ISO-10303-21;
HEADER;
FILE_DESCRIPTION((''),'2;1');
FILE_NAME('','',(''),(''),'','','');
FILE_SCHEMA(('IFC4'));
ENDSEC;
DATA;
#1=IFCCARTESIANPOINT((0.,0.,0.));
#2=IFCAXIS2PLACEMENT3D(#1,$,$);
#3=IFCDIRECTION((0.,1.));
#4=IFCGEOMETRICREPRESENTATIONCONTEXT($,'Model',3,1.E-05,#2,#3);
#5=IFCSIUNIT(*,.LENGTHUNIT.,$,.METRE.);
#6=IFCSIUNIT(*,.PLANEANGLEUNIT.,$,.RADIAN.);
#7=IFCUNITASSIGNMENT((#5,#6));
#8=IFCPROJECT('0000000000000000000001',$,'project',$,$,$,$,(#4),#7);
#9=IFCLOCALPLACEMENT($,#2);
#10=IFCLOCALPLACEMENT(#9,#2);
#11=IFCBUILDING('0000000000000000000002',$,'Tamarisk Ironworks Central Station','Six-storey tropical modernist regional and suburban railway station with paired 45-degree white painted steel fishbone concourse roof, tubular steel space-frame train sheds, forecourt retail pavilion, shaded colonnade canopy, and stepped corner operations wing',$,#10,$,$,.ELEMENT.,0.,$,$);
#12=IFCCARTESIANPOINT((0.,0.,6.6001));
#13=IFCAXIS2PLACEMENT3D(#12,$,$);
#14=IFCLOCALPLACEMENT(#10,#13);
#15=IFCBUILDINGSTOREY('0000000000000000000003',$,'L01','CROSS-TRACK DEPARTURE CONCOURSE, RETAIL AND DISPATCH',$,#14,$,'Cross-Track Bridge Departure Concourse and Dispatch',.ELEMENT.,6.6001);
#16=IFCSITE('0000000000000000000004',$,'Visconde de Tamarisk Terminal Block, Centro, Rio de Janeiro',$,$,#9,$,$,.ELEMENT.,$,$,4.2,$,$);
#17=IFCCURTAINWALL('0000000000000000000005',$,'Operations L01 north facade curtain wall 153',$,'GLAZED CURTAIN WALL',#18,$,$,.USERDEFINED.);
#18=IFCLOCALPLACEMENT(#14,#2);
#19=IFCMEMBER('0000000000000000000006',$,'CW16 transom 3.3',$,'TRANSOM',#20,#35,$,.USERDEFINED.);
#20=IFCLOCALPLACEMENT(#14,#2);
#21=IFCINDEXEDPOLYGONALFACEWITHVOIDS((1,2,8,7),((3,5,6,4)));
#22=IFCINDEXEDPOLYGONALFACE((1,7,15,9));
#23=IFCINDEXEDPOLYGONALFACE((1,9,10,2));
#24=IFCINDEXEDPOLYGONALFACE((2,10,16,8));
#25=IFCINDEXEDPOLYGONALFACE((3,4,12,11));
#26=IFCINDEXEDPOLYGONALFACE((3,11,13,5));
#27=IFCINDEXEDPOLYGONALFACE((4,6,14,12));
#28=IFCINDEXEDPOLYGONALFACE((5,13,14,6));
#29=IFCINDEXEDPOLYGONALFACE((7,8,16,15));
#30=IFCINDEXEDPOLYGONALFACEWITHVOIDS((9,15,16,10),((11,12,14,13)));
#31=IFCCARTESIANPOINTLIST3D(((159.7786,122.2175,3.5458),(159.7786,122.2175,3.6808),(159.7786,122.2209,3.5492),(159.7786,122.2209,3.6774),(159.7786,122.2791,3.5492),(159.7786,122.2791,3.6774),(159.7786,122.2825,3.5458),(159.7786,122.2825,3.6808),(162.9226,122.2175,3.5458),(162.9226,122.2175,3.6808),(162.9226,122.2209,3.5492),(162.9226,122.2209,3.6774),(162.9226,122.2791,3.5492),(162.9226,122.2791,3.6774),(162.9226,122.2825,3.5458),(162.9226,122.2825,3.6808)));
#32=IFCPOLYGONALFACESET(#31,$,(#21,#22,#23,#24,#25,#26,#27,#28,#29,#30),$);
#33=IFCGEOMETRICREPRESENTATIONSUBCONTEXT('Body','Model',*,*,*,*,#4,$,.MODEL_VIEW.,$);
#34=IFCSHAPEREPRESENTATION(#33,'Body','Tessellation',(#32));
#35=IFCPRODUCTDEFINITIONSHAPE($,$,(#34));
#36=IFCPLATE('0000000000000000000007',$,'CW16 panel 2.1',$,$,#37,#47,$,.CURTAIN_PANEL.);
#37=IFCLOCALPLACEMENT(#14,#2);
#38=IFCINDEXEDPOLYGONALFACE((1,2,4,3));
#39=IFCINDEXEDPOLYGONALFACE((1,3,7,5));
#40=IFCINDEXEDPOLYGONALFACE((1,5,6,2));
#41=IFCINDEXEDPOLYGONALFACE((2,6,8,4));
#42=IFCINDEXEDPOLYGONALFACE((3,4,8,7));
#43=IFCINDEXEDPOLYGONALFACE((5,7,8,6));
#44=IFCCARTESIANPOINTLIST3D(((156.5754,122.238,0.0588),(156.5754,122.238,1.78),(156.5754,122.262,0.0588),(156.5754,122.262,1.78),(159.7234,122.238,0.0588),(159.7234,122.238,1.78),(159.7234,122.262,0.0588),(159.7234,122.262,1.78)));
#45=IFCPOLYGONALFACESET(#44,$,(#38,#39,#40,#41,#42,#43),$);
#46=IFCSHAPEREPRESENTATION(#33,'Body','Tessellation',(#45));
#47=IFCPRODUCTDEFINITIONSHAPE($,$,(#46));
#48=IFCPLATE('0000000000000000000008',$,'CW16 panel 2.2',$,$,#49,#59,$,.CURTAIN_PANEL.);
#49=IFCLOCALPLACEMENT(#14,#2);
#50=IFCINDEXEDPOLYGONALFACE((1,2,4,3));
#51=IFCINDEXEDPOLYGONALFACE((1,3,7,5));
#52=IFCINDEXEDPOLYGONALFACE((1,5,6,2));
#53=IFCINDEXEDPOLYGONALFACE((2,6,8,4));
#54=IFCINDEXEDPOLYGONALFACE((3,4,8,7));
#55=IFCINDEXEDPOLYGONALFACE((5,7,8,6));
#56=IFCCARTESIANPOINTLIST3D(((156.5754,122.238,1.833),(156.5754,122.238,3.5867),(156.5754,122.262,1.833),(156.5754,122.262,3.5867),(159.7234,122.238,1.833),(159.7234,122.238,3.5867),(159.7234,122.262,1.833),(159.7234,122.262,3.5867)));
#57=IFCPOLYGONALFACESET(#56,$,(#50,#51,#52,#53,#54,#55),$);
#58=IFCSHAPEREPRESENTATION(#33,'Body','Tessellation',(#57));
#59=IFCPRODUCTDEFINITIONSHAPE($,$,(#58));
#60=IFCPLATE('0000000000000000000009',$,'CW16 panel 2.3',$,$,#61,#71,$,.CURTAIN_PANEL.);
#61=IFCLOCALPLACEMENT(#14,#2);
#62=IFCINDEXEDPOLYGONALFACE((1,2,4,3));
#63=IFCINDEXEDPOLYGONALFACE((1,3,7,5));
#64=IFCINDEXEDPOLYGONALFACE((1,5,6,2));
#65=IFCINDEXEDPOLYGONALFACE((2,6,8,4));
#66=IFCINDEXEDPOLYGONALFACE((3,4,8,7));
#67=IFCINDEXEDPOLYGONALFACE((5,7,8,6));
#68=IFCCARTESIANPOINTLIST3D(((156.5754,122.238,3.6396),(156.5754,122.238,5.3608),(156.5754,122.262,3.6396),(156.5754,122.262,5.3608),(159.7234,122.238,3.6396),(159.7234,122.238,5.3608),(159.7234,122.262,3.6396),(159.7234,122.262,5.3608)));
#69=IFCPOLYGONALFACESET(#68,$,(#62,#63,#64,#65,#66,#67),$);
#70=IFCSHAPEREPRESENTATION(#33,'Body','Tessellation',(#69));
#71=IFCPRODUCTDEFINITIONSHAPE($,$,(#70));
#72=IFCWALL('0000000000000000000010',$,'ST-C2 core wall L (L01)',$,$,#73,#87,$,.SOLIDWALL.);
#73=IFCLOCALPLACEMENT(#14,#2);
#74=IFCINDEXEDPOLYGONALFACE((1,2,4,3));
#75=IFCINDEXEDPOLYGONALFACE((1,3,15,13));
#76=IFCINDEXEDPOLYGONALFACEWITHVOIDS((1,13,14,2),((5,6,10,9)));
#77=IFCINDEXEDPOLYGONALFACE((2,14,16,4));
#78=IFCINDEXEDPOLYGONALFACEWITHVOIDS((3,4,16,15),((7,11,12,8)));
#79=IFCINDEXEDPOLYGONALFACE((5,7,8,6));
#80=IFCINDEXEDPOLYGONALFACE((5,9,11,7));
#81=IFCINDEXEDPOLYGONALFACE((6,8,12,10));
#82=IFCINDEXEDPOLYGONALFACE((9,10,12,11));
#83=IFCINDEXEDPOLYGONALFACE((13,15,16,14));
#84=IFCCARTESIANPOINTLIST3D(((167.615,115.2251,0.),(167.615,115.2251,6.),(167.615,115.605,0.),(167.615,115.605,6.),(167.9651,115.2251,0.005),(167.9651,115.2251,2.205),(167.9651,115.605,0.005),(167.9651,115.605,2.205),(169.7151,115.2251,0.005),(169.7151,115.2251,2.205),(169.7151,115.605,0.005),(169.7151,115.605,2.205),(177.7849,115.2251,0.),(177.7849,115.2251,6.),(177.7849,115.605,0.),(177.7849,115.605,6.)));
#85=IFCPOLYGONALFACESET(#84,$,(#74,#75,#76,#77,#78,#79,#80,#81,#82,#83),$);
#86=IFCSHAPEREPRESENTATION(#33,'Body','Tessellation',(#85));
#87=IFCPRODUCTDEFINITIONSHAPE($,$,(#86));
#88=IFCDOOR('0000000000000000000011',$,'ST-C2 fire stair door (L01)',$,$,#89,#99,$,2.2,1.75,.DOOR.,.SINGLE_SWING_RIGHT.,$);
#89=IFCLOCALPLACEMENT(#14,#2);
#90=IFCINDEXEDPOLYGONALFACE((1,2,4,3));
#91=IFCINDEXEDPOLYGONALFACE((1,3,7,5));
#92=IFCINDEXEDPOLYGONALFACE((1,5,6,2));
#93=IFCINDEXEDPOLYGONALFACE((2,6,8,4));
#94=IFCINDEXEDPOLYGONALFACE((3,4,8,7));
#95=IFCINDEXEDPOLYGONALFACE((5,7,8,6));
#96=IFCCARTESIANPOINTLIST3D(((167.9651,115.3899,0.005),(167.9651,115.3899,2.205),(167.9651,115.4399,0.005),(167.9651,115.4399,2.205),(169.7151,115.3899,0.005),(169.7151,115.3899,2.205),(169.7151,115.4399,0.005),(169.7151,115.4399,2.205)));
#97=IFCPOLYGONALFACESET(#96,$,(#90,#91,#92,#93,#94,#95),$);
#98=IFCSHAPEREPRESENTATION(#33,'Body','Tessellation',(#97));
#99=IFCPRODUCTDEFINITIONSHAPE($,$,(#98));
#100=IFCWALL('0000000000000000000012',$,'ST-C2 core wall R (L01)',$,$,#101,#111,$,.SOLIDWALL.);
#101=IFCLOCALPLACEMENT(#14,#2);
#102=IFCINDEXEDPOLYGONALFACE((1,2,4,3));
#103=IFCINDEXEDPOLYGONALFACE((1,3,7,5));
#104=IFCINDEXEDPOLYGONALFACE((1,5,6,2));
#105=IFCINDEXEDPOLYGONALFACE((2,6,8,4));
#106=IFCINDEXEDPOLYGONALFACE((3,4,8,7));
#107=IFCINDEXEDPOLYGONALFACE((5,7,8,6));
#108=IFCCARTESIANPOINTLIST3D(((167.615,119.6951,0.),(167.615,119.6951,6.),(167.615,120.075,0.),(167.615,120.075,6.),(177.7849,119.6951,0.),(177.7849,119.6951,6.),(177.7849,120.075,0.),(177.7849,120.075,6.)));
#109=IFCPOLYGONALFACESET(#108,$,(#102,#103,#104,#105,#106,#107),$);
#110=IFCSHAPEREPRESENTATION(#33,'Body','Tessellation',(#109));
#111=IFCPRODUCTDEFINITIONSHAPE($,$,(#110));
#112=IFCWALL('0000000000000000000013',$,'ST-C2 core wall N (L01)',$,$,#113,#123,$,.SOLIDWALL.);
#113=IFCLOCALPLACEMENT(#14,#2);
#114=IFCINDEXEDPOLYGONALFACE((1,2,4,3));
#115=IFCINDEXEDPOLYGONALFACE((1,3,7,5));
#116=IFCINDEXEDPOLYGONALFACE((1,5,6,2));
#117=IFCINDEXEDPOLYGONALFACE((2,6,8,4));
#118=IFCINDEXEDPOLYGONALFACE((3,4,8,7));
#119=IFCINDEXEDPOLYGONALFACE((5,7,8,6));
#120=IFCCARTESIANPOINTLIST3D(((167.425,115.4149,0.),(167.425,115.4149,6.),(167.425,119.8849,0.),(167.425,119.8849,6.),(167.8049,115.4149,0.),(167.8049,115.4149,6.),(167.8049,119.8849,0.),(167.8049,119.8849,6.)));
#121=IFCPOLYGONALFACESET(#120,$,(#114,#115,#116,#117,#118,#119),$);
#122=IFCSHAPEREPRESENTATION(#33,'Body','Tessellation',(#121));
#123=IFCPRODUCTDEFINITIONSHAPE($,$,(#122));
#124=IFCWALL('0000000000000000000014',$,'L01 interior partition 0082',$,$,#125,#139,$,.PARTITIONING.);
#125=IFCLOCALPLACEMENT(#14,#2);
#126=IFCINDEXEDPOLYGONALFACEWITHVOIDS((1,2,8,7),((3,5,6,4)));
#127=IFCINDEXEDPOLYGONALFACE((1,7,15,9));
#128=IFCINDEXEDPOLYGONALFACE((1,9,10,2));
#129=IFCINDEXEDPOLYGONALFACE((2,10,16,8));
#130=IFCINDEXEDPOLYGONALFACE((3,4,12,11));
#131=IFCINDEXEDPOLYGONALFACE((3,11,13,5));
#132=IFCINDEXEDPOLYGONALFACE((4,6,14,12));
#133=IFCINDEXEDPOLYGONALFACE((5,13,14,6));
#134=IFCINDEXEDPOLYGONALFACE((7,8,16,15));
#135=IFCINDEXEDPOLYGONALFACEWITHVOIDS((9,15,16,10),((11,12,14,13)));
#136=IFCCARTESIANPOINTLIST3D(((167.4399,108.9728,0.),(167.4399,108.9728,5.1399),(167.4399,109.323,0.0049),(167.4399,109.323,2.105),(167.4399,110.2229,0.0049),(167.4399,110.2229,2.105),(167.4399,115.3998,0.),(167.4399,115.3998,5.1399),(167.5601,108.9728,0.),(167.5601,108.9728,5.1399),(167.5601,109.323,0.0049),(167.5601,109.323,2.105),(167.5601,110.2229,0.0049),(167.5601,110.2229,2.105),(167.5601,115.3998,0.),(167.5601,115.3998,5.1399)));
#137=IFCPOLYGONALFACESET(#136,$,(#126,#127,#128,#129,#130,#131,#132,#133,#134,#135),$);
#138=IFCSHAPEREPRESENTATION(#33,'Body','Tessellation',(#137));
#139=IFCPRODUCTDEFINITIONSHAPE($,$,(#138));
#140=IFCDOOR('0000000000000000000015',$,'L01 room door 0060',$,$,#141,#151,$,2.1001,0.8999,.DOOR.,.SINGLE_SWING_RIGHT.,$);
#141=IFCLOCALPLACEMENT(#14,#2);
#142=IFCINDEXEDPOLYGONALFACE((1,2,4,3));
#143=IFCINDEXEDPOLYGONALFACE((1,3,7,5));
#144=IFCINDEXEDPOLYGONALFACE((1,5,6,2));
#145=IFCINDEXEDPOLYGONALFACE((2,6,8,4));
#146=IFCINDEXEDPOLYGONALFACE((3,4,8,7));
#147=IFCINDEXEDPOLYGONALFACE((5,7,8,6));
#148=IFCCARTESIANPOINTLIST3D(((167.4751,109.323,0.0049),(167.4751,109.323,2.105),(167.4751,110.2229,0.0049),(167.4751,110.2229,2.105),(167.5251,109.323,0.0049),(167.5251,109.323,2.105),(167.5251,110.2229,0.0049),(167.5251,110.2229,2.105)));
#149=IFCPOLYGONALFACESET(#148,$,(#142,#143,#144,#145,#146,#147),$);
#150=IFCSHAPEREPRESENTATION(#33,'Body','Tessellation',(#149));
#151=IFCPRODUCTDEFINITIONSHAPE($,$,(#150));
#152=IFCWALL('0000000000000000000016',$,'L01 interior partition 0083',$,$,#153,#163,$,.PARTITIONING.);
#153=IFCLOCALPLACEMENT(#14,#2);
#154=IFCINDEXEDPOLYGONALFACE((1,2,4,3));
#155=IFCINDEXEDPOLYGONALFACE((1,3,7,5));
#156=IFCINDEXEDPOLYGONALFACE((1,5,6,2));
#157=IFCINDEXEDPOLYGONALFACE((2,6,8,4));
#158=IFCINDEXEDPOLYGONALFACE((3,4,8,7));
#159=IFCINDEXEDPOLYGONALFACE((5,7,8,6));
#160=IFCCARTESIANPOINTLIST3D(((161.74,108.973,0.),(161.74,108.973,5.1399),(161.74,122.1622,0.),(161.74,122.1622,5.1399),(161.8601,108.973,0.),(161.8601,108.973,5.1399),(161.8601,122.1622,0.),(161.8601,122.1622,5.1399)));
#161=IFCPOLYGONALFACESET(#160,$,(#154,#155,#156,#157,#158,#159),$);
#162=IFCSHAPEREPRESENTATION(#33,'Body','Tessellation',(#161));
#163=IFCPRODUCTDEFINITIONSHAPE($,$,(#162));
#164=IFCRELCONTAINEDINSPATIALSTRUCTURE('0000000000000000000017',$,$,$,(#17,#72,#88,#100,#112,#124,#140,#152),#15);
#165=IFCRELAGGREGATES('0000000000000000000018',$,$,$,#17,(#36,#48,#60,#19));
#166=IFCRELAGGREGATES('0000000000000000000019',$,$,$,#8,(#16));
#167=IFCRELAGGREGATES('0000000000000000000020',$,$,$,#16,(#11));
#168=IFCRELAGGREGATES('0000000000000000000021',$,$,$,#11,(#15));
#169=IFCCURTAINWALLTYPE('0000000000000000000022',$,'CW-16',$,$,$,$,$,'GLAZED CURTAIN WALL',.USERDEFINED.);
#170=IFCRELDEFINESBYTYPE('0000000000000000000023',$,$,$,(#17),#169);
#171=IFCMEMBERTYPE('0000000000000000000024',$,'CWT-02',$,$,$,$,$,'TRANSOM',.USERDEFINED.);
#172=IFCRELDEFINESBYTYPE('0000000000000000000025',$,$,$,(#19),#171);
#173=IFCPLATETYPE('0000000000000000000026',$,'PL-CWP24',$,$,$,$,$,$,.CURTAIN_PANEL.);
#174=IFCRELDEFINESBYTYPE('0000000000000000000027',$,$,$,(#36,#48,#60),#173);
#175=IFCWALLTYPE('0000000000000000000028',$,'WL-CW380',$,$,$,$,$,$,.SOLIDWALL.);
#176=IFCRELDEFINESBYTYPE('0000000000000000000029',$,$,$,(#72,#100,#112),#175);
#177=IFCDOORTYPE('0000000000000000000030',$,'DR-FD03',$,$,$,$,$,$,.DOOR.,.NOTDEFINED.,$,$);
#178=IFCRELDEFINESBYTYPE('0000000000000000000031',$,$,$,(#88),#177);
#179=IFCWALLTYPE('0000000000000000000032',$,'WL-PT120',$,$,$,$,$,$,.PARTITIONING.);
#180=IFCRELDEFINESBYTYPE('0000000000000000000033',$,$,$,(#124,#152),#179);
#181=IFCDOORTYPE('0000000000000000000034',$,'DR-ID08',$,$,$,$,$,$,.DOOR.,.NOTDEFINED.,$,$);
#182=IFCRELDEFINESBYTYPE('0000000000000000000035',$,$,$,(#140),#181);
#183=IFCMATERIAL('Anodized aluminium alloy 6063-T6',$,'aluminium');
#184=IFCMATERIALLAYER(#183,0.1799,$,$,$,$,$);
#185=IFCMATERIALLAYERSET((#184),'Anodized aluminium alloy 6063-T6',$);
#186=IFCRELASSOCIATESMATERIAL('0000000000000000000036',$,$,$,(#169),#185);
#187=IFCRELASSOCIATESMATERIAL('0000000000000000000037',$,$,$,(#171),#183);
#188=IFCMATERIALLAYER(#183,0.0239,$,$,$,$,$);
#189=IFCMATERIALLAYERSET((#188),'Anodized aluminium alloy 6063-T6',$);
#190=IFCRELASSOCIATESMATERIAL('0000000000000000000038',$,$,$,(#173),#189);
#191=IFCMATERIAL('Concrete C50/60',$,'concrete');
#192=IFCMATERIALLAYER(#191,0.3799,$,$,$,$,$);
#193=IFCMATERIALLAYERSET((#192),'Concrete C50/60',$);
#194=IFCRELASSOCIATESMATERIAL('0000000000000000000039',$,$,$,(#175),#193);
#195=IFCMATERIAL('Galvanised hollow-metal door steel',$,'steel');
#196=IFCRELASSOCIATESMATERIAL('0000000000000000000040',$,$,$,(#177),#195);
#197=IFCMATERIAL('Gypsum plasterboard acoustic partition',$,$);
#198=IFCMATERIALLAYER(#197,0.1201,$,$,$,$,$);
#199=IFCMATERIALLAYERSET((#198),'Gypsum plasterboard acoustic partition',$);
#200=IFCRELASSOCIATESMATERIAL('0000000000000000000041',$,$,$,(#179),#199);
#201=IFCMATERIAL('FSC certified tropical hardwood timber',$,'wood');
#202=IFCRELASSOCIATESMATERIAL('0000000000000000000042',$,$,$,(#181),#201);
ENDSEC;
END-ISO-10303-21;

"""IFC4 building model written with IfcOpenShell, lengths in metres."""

from ifc_helpers import new_model, si_unit, direction, frame, frame_2d, origin, origin_2d, place, context, subcontext, project, spatial, rectangle, hollow_rectangle, extrude, material, layer, layer_set, material_profile, profile_set, type_object, element, fill, aggregate, save


model = new_model("IFC4")

# Units and contexts
model_context = context("Model", 3, precision=1e-05, world=origin(), true_north=direction((0.0, 1.0)))
body_context = subcontext(model_context, "Body", "Model", "MODEL_VIEW")
ifc_project = project(units=[si_unit("LENGTHUNIT", "METRE"), si_unit("PLANEANGLEUNIT", "RADIAN")], contexts=[model_context])

# Site, building, storey
site_placement = place(None, origin())
site = spatial("IfcSite", under=ifc_project, at=site_placement, Name="Visconde de Tamarisk Terminal Block, Centro, Rio de Janeiro", CompositionType="ELEMENT", RefElevation=4.2)
building_placement = place(site_placement, origin())
building = spatial("IfcBuilding", under=site, at=building_placement, Name="Tamarisk Ironworks Central Station", Description="Six-storey tropical modernist regional and suburban railway station with paired 45-degree white painted steel fishbone concourse roof, tubular steel space-frame train sheds, forecourt retail pavilion, shaded colonnade canopy, and stepped corner operations wing", CompositionType="ELEMENT", ElevationOfRefHeight=0.0)
storey_placement = place(building_placement, frame((0.0, 0.0, 6.6001)))
storey = spatial("IfcBuildingStorey", under=building, at=storey_placement, Name="L01", Description="CROSS-TRACK DEPARTURE CONCOURSE, RETAIL AND DISPATCH", LongName="Cross-Track Bridge Departure Concourse and Dispatch", CompositionType="ELEMENT", Elevation=6.6001)

# Curtain wall, member, plates
ifc_material_1 = material(Name="Anodized aluminium alloy 6063-T6", Category="aluminium")
ifc_layer_1 = layer(ifc_material_1, 0.1799)
ifc_layer_set_1 = layer_set([ifc_layer_1], Name="Anodized aluminium alloy 6063-T6")
curtain_wall_type = type_object("IfcCurtainWallType", Name="CW-16", ElementType="GLAZED CURTAIN WALL", PredefinedType="USERDEFINED", material=ifc_layer_set_1)
curtain_wall_placement = place(storey_placement, origin())
curtain_wall = element("IfcCurtainWall", 1, at=curtain_wall_placement, inside=storey, type_object=curtain_wall_type, Name="Operations L01 north facade curtain wall 153", ObjectType="GLAZED CURTAIN WALL", PredefinedType="USERDEFINED")
ifc_material_profile_1 = material_profile(ifc_material_1, hollow_rectangle(XDim=0.0649, YDim=0.135, WallThickness=0.0034, at=origin_2d()), Name="ALUM 135x65")
ifc_profile_set_1 = profile_set([ifc_material_profile_1], Name="Anodized aluminium alloy 6063-T6")
member_type_1 = type_object("IfcMemberType", Name="CWT-02", ElementType="TRANSOM", PredefinedType="USERDEFINED", material=ifc_profile_set_1)
member_1_placement = place(storey_placement, frame((159.7786, 122.25, 3.6133), z_axis=(1.0, 0.0, 0.0), x_axis=(0.0, 1.0, 0.0)))
member_1 = element("IfcMember", 2, at=member_1_placement, type_object=member_type_1, Name="CW16 transom 3.3", ObjectType="TRANSOM", PredefinedType="USERDEFINED", context=body_context, shape_type="SweptSolid", body=[
    extrude(hollow_rectangle(XDim=0.0649, YDim=0.135, WallThickness=0.0034, at=origin_2d()), origin(), (0.0, 0.0, 1.0), 3.144),
])
ifc_layer_2 = layer(ifc_material_1, 0.0239)
ifc_layer_set_2 = layer_set([ifc_layer_2], Name="Anodized aluminium alloy 6063-T6")
plate_type = type_object("IfcPlateType", Name="PL-CWP24", PredefinedType="CURTAIN_PANEL", material=ifc_layer_set_2)
plate_1_placement = place(storey_placement, frame((158.1494, 122.25, 0.0588), z_axis=(0.0, 0.0, 1.0), x_axis=(1.0, 0.0, 0.0)))
plate_1 = element("IfcPlate", 3, at=plate_1_placement, type_object=plate_type, Name="CW16 panel 2.1", PredefinedType="CURTAIN_PANEL", context=body_context, shape_type="SweptSolid", body=[
    extrude(rectangle(XDim=3.1479, YDim=0.0239, at=origin_2d()), origin(), (0.0, 0.0, 1.0), 1.7212),
])
plate_2_placement = place(storey_placement, frame((158.1494, 122.25, 1.833), z_axis=(0.0, 0.0, 1.0), x_axis=(1.0, 0.0, 0.0)))
plate_2 = element("IfcPlate", 4, at=plate_2_placement, type_object=plate_type, Name="CW16 panel 2.2", PredefinedType="CURTAIN_PANEL", context=body_context, shape_type="SweptSolid", body=[
    extrude(rectangle(XDim=3.1479, YDim=0.0239, at=origin_2d()), origin(), (0.0, 0.0, 1.0), 1.7537),
])
plate_3_placement = place(storey_placement, frame((158.1494, 122.25, 3.6396), z_axis=(0.0, 0.0, 1.0), x_axis=(1.0, 0.0, 0.0)))
plate_3 = element("IfcPlate", 5, at=plate_3_placement, type_object=plate_type, Name="CW16 panel 2.3", PredefinedType="CURTAIN_PANEL", context=body_context, shape_type="SweptSolid", body=[
    extrude(rectangle(XDim=3.1479, YDim=0.0239, at=origin_2d()), origin(), (0.0, 0.0, 1.0), 1.7212),
])
aggregate(curtain_wall, [plate_1, plate_2, plate_3, member_1])

# Wall, opening, door
ifc_material_2 = material(Name="Concrete C50/60", Category="concrete")
ifc_layer_3 = layer(ifc_material_2, 0.3799)
ifc_layer_set_3 = layer_set([ifc_layer_3], Name="Concrete C50/60")
wall_type_1 = type_object("IfcWallType", Name="WL-CW380", PredefinedType="SOLIDWALL", material=ifc_layer_set_3)
wall_1_placement = place(storey_placement, frame((167.615, 115.415, 0.0), z_axis=(0.0, 0.0, 1.0), x_axis=(1.0, 0.0, 0.0)))
wall_1 = element("IfcWall", 6, at=wall_1_placement, inside=storey, type_object=wall_type_1, Name="ST-C2 core wall L (L01)", PredefinedType="SOLIDWALL", context=body_context, shape_type="SweptSolid", body=[
    extrude(rectangle(XDim=10.1699, YDim=0.3799, at=frame_2d((5.085, 0.0))), origin(), (0.0, 0.0, 1.0), 6.0),
])
opening_1_placement = place(wall_1_placement, frame((0.3501, 0.0, 0.0049)))
opening_1 = element("IfcOpeningElement", 7, at=opening_1_placement, cuts=wall_1, PredefinedType="OPENING", context=body_context, shape_type="SweptSolid", body=[
    extrude(rectangle(XDim=1.75, YDim=2.2, at=frame_2d((0.875, 1.1001))), frame((0.0, 0.2019, 0.0), z_axis=(0.0, -1.0, 0.0), x_axis=(1.0, 0.0, 0.0)), (0.0, 0.0, 1.0), 0.4038),
])
ifc_material_3 = material(Name="Galvanised hollow-metal door steel", Category="steel")
door_type_1 = type_object("IfcDoorType", Name="DR-FD03", OperationType="NOTDEFINED", PredefinedType="DOOR", material=ifc_material_3)
door_1_placement = place(opening_1_placement, origin())
door_1 = element("IfcDoor", 8, at=door_1_placement, inside=storey, type_object=door_type_1, Name="ST-C2 fire stair door (L01)", OperationType="SINGLE_SWING_RIGHT", OverallHeight=2.2, OverallWidth=1.75, PredefinedType="DOOR", context=body_context, shape_type="SweptSolid", body=[
    extrude(rectangle(XDim=1.75, YDim=2.2, at=frame_2d((0.875, 1.1001))), frame((0.0, 0.0249, 0.0), z_axis=(0.0, -1.0, 0.0), x_axis=(1.0, 0.0, 0.0)), (0.0, 0.0, 1.0), 0.05),
])
fill(opening_1, door_1)

# Walls
wall_2_placement = place(storey_placement, frame((167.615, 119.885, 0.0), z_axis=(0.0, 0.0, 1.0), x_axis=(1.0, 0.0, 0.0)))
element("IfcWall", 9, at=wall_2_placement, inside=storey, type_object=wall_type_1, Name="ST-C2 core wall R (L01)", PredefinedType="SOLIDWALL", context=body_context, shape_type="SweptSolid", body=[
    extrude(rectangle(XDim=10.1699, YDim=0.3799, at=frame_2d((5.085, 0.0))), origin(), (0.0, 0.0, 1.0), 6.0),
])
wall_3_placement = place(storey_placement, frame((167.615, 115.415, 0.0), z_axis=(0.0, 0.0, 1.0), x_axis=(0.0, 1.0, 0.0)))
element("IfcWall", 10, at=wall_3_placement, inside=storey, type_object=wall_type_1, Name="ST-C2 core wall N (L01)", PredefinedType="SOLIDWALL", context=body_context, shape_type="SweptSolid", body=[
    extrude(rectangle(XDim=4.47, YDim=0.3799, at=frame_2d((2.2349, 0.0))), origin(), (0.0, 0.0, 1.0), 6.0),
])

# Wall, opening, door
ifc_material_4 = material(Name="Gypsum plasterboard acoustic partition")
ifc_layer_4 = layer(ifc_material_4, 0.1201)
ifc_layer_set_4 = layer_set([ifc_layer_4], Name="Gypsum plasterboard acoustic partition")
wall_type_2 = type_object("IfcWallType", Name="WL-PT120", PredefinedType="PARTITIONING", material=ifc_layer_set_4)
wall_4_placement = place(storey_placement, frame((167.5, 108.9729, 0.0), z_axis=(0.0, 0.0, 1.0), x_axis=(0.0, 1.0, 0.0)))
wall_4 = element("IfcWall", 11, at=wall_4_placement, inside=storey, type_object=wall_type_2, Name="L01 interior partition 0082", PredefinedType="PARTITIONING", context=body_context, shape_type="SweptSolid", body=[
    extrude(rectangle(XDim=6.427, YDim=0.1201, at=frame_2d((3.2134, 0.0))), origin(), (0.0, 0.0, 1.0), 5.1399),
])
opening_2_placement = place(wall_4_placement, frame((0.3501, 0.0, 0.0049)))
opening_2 = element("IfcOpeningElement", 12, at=opening_2_placement, cuts=wall_4, PredefinedType="OPENING", context=body_context, shape_type="SweptSolid", body=[
    extrude(rectangle(XDim=0.8999, YDim=2.1001, at=frame_2d((0.45, 1.05))), frame((0.0, 0.072, 0.0), z_axis=(0.0, -1.0, 0.0), x_axis=(1.0, 0.0, 0.0)), (0.0, 0.0, 1.0), 0.144),
])
ifc_material_5 = material(Name="FSC certified tropical hardwood timber", Category="wood")
door_type_2 = type_object("IfcDoorType", Name="DR-ID08", OperationType="NOTDEFINED", PredefinedType="DOOR", material=ifc_material_5)
door_2_placement = place(opening_2_placement, origin())
door_2 = element("IfcDoor", 13, at=door_2_placement, inside=storey, type_object=door_type_2, Name="L01 room door 0060", OperationType="SINGLE_SWING_RIGHT", OverallHeight=2.1001, OverallWidth=0.8999, PredefinedType="DOOR", context=body_context, shape_type="SweptSolid", body=[
    extrude(rectangle(XDim=0.8999, YDim=2.1001, at=frame_2d((0.45, 1.05))), frame((0.0, 0.0249, 0.0), z_axis=(0.0, -1.0, 0.0), x_axis=(1.0, 0.0, 0.0)), (0.0, 0.0, 1.0), 0.05),
])
fill(opening_2, door_2)

# Wall
wall_5_placement = place(storey_placement, frame((161.8, 108.9729, 0.0), z_axis=(0.0, 0.0, 1.0), x_axis=(0.0, 1.0, 0.0)))
element("IfcWall", 14, at=wall_5_placement, inside=storey, type_object=wall_type_2, Name="L01 interior partition 0083", PredefinedType="PARTITIONING", context=body_context, shape_type="SweptSolid", body=[
    extrude(rectangle(XDim=13.1892, YDim=0.1201, at=frame_2d((6.5947, 0.0))), origin(), (0.0, 0.0, 1.0), 5.1399),
])

save(model, "model.ifc")
